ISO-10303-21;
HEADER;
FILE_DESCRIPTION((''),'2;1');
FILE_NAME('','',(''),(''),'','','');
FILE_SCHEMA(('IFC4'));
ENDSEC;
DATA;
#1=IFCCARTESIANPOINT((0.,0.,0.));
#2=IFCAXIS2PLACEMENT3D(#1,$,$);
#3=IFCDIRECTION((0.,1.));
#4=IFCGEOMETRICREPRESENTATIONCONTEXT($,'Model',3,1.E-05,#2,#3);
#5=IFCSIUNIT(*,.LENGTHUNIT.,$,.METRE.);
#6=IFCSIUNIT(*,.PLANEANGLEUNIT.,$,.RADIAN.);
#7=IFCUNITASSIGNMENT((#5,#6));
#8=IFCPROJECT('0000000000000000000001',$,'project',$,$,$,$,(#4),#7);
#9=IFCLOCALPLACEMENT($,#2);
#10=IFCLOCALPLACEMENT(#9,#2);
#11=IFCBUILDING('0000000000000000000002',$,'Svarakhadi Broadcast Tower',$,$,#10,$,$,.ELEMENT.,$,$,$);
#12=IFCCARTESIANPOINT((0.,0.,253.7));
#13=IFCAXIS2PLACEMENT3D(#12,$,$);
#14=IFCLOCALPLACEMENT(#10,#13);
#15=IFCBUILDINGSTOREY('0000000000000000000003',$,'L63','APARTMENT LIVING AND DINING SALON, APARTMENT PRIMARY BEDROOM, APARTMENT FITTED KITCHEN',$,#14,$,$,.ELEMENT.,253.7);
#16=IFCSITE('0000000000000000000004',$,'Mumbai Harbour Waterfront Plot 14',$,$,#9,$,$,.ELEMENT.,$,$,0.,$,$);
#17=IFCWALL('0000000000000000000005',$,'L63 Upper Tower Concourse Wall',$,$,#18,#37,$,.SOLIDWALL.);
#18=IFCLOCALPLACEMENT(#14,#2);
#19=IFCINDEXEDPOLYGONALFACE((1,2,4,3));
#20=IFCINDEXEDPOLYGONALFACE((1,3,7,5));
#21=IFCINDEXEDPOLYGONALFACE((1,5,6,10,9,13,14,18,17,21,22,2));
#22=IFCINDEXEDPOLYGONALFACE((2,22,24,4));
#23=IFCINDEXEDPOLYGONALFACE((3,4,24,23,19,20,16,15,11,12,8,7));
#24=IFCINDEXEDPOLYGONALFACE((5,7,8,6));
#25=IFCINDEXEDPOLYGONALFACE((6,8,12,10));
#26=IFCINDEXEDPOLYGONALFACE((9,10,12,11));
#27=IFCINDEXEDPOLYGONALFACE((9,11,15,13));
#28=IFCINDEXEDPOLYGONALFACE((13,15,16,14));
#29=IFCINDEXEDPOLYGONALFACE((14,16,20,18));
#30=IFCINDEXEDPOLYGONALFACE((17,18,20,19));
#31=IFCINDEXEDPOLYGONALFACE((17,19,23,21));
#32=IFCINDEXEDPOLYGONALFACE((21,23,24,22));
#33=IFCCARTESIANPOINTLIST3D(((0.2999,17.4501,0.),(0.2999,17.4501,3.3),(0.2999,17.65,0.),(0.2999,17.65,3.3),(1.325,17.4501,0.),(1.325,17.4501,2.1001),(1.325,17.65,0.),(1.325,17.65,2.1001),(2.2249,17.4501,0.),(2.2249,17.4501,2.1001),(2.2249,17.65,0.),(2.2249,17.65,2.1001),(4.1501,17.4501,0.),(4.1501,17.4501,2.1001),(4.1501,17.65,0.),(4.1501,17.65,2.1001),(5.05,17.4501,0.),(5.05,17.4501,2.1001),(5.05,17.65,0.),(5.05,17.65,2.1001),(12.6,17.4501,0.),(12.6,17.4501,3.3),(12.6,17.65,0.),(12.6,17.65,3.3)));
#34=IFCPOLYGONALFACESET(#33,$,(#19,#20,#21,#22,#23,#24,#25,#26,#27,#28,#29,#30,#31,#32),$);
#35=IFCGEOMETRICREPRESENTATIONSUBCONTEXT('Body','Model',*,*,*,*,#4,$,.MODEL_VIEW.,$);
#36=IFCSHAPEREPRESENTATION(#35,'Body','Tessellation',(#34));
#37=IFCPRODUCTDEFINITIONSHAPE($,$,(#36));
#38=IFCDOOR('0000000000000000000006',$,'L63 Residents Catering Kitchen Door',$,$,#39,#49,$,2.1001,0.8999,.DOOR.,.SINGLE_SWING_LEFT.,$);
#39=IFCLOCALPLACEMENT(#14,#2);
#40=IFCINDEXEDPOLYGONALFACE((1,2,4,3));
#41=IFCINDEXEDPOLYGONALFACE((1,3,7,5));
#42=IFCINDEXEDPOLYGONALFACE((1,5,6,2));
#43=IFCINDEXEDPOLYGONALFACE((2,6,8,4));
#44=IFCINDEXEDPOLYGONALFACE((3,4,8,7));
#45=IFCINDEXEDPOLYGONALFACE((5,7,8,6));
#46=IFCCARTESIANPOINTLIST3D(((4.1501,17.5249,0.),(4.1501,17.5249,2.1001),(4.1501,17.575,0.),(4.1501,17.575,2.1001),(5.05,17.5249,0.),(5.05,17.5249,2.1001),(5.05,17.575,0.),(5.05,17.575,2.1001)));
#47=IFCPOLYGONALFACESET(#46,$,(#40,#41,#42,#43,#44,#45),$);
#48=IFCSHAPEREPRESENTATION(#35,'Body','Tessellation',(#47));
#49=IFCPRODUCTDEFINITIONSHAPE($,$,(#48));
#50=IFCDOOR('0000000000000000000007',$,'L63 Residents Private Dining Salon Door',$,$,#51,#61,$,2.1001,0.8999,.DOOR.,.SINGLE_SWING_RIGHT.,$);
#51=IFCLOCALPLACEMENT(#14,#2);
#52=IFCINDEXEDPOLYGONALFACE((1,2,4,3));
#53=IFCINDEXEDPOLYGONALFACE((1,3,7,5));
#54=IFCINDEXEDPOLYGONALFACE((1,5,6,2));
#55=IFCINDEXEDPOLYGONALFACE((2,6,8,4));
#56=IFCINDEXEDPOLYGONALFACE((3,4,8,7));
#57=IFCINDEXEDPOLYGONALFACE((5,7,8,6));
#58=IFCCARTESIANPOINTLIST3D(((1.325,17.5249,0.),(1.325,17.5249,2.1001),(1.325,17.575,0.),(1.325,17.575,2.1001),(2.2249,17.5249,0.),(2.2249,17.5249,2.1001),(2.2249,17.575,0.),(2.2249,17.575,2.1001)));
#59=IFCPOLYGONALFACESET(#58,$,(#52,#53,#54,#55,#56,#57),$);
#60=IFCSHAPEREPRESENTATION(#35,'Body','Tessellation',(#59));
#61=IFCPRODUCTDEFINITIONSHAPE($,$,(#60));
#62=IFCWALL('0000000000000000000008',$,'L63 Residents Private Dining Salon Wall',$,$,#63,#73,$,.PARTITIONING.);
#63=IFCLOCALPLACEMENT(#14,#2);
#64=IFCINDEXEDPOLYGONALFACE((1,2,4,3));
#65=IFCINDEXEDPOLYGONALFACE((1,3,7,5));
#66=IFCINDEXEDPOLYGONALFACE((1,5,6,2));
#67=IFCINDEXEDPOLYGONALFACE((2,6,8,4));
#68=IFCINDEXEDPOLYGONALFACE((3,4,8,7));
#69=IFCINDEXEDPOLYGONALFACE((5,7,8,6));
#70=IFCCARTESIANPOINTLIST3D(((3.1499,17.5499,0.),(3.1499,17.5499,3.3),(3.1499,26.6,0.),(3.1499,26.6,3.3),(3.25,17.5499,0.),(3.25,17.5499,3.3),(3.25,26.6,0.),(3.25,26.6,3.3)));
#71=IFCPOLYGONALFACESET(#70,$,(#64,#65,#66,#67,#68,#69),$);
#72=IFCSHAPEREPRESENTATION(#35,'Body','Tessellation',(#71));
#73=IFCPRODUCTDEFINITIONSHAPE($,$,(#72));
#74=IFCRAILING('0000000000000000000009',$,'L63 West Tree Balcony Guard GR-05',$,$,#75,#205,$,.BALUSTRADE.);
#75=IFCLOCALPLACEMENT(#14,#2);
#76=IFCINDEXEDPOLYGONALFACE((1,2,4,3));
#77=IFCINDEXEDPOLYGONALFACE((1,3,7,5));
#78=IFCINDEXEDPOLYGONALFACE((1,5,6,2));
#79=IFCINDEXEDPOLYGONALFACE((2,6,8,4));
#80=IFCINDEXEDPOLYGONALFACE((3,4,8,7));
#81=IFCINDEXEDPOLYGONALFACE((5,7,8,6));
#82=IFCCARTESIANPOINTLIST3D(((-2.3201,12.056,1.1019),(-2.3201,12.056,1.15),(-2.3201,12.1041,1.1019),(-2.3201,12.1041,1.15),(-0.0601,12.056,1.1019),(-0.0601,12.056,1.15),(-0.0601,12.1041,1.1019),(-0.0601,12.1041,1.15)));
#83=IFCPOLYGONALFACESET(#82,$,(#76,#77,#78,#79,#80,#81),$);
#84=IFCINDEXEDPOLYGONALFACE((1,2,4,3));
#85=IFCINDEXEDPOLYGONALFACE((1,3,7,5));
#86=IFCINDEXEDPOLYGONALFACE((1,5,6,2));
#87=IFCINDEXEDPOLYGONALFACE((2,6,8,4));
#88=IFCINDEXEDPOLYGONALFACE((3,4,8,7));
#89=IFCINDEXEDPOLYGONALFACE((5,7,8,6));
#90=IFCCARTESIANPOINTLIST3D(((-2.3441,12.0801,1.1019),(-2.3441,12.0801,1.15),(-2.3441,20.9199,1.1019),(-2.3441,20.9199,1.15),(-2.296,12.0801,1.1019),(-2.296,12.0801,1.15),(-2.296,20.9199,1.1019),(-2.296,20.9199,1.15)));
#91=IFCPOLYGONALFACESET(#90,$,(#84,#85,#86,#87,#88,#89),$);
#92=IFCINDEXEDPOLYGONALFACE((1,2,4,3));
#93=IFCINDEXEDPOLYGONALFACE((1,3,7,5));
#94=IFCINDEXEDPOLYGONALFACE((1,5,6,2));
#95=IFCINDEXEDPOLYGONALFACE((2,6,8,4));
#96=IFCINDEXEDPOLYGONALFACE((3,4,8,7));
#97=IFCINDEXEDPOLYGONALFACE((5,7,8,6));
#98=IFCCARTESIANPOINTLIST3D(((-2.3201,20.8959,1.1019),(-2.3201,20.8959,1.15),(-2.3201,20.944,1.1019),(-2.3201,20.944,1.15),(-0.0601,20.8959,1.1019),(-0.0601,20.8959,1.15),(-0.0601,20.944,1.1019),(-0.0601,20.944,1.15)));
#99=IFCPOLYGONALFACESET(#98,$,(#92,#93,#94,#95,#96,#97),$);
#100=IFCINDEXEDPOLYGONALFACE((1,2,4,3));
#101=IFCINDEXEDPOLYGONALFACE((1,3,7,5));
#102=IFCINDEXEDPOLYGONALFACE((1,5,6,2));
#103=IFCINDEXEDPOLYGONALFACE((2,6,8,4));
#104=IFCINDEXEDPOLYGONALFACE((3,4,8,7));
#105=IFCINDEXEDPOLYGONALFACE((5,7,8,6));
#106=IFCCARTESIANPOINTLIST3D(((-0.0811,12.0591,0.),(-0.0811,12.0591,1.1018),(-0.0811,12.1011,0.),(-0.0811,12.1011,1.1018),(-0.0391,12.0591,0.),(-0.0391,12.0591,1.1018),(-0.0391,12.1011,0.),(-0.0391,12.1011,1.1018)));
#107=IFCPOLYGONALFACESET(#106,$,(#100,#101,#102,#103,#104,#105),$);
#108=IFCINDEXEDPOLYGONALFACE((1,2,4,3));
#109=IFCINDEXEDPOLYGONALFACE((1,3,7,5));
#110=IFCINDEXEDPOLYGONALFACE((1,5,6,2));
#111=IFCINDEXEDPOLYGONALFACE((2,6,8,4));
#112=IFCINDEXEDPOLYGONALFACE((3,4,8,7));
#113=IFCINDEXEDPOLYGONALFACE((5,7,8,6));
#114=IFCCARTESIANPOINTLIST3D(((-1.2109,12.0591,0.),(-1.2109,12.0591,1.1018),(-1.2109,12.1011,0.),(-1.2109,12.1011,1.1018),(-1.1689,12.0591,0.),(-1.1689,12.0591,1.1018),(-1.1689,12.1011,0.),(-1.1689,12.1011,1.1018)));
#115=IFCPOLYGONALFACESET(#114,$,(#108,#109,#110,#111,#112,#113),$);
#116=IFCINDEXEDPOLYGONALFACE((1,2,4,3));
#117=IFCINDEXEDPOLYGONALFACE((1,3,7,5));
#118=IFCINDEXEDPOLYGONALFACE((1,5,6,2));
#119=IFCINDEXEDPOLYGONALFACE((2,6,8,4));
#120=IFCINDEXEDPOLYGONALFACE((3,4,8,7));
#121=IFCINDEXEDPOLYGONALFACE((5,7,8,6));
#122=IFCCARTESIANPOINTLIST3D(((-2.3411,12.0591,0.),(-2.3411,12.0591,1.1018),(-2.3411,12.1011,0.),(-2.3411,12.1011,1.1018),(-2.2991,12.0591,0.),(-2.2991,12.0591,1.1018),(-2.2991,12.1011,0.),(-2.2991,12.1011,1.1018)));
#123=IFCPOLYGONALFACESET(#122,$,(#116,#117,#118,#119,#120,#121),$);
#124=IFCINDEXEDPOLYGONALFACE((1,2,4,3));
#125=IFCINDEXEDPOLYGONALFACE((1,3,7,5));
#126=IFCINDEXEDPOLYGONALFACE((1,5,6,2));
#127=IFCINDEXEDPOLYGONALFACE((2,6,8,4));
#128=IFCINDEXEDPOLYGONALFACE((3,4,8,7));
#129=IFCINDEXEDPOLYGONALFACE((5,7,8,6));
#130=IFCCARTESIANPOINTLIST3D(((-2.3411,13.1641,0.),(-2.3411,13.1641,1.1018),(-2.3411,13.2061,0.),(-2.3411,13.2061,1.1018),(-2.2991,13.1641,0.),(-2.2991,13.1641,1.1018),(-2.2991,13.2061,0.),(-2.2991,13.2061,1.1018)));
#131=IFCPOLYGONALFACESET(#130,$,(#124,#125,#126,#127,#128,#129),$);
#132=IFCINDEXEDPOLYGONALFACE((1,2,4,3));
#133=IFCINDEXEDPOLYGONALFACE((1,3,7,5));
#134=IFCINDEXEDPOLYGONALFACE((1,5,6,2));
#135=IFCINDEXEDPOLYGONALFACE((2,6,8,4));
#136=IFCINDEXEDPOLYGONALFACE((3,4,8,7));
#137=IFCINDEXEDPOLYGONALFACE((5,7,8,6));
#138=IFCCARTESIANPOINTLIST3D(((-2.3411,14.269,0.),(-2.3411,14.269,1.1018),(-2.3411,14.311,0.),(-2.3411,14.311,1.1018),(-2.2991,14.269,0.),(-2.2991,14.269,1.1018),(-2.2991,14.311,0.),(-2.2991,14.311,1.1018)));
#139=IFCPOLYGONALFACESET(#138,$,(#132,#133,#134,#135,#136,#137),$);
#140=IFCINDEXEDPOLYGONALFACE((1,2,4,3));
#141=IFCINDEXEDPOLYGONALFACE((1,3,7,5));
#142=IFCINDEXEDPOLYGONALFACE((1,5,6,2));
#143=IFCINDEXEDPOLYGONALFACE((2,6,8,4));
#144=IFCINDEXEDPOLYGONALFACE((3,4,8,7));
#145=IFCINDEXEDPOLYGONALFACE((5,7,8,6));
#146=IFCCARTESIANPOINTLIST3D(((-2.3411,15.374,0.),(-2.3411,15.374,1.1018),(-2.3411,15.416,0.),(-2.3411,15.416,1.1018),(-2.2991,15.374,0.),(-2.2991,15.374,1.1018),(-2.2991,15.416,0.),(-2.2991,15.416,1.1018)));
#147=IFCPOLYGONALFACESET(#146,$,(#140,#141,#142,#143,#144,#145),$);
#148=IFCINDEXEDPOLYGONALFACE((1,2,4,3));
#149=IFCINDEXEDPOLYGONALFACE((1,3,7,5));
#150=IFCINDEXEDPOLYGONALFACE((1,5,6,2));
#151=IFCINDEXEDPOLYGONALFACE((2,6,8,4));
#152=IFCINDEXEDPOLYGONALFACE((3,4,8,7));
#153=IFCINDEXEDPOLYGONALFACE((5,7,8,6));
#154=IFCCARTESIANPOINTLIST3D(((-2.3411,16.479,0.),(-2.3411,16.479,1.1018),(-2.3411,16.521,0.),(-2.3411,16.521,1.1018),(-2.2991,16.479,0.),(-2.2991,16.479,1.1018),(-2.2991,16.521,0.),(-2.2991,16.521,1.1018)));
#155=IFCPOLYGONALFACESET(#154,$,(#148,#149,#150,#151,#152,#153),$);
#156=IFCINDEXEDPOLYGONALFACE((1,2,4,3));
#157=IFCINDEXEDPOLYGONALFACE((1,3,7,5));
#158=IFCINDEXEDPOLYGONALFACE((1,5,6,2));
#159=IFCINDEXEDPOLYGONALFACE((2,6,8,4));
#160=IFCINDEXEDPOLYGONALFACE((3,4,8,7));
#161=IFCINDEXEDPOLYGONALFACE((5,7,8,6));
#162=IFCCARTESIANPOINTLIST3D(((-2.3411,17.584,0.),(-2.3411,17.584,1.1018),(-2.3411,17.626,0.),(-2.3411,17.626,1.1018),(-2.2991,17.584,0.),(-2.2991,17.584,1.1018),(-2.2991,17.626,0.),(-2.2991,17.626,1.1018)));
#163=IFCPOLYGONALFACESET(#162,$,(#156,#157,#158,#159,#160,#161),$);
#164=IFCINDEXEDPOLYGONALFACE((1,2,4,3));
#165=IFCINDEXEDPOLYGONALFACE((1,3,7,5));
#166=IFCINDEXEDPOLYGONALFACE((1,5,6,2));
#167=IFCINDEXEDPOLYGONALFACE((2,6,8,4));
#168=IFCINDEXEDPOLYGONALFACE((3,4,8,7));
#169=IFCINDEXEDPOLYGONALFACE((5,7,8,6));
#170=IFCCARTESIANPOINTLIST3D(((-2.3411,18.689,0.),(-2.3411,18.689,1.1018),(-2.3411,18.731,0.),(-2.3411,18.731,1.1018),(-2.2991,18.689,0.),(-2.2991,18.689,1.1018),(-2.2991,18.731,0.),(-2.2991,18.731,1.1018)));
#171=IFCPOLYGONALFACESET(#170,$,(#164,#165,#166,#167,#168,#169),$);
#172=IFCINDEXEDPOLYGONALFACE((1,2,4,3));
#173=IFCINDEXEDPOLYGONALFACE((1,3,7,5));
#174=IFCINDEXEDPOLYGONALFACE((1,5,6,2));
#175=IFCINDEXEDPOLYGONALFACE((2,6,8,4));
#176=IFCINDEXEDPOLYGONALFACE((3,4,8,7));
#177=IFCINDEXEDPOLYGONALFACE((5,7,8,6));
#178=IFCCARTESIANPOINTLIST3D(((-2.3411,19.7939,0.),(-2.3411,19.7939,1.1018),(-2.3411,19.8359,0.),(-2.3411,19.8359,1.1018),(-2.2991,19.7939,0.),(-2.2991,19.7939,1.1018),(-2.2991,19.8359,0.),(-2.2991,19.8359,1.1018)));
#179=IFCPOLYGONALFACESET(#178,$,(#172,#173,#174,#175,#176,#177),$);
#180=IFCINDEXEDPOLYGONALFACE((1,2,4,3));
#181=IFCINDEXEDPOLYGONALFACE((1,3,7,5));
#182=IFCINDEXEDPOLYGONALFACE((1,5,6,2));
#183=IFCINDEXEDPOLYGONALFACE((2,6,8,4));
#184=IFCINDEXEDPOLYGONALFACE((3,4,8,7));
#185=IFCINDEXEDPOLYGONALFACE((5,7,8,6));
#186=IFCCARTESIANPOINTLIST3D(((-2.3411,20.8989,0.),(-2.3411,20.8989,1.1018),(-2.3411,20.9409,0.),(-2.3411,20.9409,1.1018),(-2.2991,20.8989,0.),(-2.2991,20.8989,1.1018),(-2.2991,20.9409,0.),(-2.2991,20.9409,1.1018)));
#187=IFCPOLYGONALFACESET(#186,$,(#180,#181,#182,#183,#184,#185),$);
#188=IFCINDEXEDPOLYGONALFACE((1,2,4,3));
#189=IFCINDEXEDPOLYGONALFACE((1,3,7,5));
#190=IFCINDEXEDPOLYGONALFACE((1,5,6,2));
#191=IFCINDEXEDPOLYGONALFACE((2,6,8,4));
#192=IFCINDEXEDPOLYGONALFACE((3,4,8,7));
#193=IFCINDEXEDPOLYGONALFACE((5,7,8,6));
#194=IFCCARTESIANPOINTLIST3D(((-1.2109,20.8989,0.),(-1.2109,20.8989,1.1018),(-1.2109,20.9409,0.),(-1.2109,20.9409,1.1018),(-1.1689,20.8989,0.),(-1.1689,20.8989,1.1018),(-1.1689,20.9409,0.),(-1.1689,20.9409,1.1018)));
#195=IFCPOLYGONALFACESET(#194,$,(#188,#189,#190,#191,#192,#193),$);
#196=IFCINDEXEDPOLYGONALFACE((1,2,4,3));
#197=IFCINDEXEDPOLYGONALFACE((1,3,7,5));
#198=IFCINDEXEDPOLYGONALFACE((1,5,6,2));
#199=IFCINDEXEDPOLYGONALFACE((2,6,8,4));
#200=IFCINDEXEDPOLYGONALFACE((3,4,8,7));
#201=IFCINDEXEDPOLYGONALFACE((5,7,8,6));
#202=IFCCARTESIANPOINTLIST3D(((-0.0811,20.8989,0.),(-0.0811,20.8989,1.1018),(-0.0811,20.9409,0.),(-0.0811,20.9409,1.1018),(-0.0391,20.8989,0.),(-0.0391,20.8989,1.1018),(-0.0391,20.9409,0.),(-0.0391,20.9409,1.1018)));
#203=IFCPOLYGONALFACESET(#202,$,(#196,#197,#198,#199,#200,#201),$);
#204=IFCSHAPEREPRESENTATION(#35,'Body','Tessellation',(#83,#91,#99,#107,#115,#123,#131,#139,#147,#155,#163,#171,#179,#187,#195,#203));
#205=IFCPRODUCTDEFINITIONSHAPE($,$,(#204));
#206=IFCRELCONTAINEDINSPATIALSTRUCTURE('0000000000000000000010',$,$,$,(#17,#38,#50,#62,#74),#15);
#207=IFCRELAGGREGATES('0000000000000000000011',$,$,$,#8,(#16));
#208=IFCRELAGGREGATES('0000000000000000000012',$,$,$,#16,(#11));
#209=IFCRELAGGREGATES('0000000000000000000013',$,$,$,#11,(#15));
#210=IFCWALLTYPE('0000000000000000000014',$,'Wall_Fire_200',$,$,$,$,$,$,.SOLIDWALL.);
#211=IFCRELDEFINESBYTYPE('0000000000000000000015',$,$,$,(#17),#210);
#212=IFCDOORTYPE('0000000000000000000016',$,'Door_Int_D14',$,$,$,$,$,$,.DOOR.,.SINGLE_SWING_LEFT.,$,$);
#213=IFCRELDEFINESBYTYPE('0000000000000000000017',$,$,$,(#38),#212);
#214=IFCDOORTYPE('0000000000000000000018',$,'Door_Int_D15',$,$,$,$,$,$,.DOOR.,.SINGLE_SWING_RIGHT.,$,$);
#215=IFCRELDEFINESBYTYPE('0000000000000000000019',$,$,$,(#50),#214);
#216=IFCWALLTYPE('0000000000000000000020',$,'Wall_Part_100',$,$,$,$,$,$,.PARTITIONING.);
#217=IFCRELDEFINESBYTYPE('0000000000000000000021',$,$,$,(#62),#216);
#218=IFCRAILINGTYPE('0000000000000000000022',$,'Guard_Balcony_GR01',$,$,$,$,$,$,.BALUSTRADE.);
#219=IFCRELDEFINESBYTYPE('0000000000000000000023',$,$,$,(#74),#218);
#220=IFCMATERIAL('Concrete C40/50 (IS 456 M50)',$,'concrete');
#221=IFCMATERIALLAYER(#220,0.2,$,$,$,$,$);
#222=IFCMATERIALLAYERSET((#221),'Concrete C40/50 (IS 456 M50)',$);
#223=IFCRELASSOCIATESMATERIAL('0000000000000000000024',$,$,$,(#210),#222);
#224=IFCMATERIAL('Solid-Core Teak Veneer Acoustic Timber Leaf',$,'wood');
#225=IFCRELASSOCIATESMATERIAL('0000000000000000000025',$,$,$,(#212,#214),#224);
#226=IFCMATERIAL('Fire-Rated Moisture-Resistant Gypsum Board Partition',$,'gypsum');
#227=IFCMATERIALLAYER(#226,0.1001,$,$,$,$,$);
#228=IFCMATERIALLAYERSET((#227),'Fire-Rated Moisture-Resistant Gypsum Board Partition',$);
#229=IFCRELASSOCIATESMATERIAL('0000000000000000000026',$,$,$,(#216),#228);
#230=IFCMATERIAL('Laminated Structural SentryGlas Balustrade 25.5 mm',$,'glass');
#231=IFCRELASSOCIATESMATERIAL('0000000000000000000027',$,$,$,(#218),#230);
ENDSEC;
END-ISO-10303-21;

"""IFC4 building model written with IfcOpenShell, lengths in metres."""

from ifc_helpers import new_model, si_unit, direction, frame, frame_2d, origin, origin_2d, place, context, subcontext, project, spatial, rectangle, extrude, material, layer, layer_set, type_object, element, fill, save


model = new_model("IFC4")

# Units and contexts
model_context = context("Model", 3, precision=1e-05, world=origin(), true_north=direction((0.0, 1.0)))
body_context = subcontext(model_context, "Body", "Model", "MODEL_VIEW")
ifc_project = project(units=[si_unit("LENGTHUNIT", "METRE"), si_unit("PLANEANGLEUNIT", "RADIAN")], contexts=[model_context])

# Site, building, storey
site_placement = place(None, origin())
site = spatial("IfcSite", under=ifc_project, at=site_placement, Name="Mumbai Harbour Waterfront Plot 14", CompositionType="ELEMENT", RefElevation=0.0)
building_placement = place(site_placement, origin())
building = spatial("IfcBuilding", under=site, at=building_placement, Name="Svarakhadi Broadcast Tower", CompositionType="ELEMENT")
storey_placement = place(building_placement, frame((0.0, 0.0, 253.7)))
storey = spatial("IfcBuildingStorey", under=building, at=storey_placement, Name="L63", Description="APARTMENT LIVING AND DINING SALON, APARTMENT PRIMARY BEDROOM, APARTMENT FITTED KITCHEN", CompositionType="ELEMENT", Elevation=253.7)

# Wall, openings, doors
ifc_material_1 = material(Name="Concrete C40/50 (IS 456 M50)", Category="concrete")
ifc_layer_1 = layer(ifc_material_1, 0.2)
ifc_layer_set_1 = layer_set([ifc_layer_1], Name="Concrete C40/50 (IS 456 M50)")
wall_type_1 = type_object("IfcWallType", Name="Wall_Fire_200", PredefinedType="SOLIDWALL", material=ifc_layer_set_1)
wall_1_placement = place(storey_placement, frame((0.3, 17.55, 0.0), z_axis=(0.0, 0.0, 1.0), x_axis=(1.0, 0.0, 0.0)))
wall_1 = element("IfcWall", 1, at=wall_1_placement, inside=storey, type_object=wall_type_1, Name="L63 Upper Tower Concourse Wall", PredefinedType="SOLIDWALL", context=body_context, shape_type="SweptSolid", body=[
    extrude(rectangle(XDim=12.3, YDim=0.2, at=frame_2d((6.1499, 0.0))), origin(), (0.0, 0.0, 1.0), 3.3),
])
opening_1_placement = place(wall_1_placement, frame((1.0249, 0.0, 0.0)))
opening_1 = element("IfcOpeningElement", 2, at=opening_1_placement, cuts=wall_1, PredefinedType="OPENING", context=body_context, shape_type="SweptSolid", body=[
    extrude(rectangle(XDim=0.8999, YDim=2.1001, at=frame_2d((0.45, 1.05))), frame((0.0, 0.1099, 0.0), z_axis=(0.0, -1.0, 0.0), x_axis=(1.0, 0.0, 0.0)), (0.0, 0.0, 1.0), 0.22),
])
opening_2_placement = place(wall_1_placement, frame((3.8501, 0.0, 0.0)))
opening_2 = element("IfcOpeningElement", 3, at=opening_2_placement, cuts=wall_1, PredefinedType="OPENING", context=body_context, shape_type="SweptSolid", body=[
    extrude(rectangle(XDim=0.8999, YDim=2.1001, at=frame_2d((0.45, 1.05))), frame((0.0, 0.1099, 0.0), z_axis=(0.0, -1.0, 0.0), x_axis=(1.0, 0.0, 0.0)), (0.0, 0.0, 1.0), 0.22),
])
ifc_material_2 = material(Name="Solid-Core Teak Veneer Acoustic Timber Leaf", Category="wood")
door_type_1 = type_object("IfcDoorType", Name="Door_Int_D14", OperationType="SINGLE_SWING_LEFT", PredefinedType="DOOR", material=ifc_material_2)
door_1_placement = place(opening_2_placement, origin())
door_1 = element("IfcDoor", 4, at=door_1_placement, inside=storey, type_object=door_type_1, Name="L63 Residents Catering Kitchen Door", OperationType="SINGLE_SWING_LEFT", OverallHeight=2.1001, OverallWidth=0.8999, PredefinedType="DOOR", context=body_context, shape_type="SweptSolid", body=[
    extrude(rectangle(XDim=0.8999, YDim=2.1001, at=frame_2d((0.45, 1.05))), frame((0.0, 0.0249, 0.0), z_axis=(0.0, -1.0, 0.0), x_axis=(1.0, 0.0, 0.0)), (0.0, 0.0, 1.0), 0.05),
])
fill(opening_2, door_1)
door_type_2 = type_object("IfcDoorType", Name="Door_Int_D15", OperationType="SINGLE_SWING_RIGHT", PredefinedType="DOOR", material=ifc_material_2)
door_2_placement = place(opening_1_placement, origin())
door_2 = element("IfcDoor", 5, at=door_2_placement, inside=storey, type_object=door_type_2, Name="L63 Residents Private Dining Salon Door", OperationType="SINGLE_SWING_RIGHT", OverallHeight=2.1001, OverallWidth=0.8999, PredefinedType="DOOR", context=body_context, shape_type="SweptSolid", body=[
    extrude(rectangle(XDim=0.8999, YDim=2.1001, at=frame_2d((0.45, 1.05))), frame((0.0, 0.0249, 0.0), z_axis=(0.0, -1.0, 0.0), x_axis=(1.0, 0.0, 0.0)), (0.0, 0.0, 1.0), 0.05),
])
fill(opening_1, door_2)

# Wall
ifc_material_3 = material(Name="Fire-Rated Moisture-Resistant Gypsum Board Partition", Category="gypsum")
ifc_layer_2 = layer(ifc_material_3, 0.1001)
ifc_layer_set_2 = layer_set([ifc_layer_2], Name="Fire-Rated Moisture-Resistant Gypsum Board Partition")
wall_type_2 = type_object("IfcWallType", Name="Wall_Part_100", PredefinedType="PARTITIONING", material=ifc_layer_set_2)
wall_2_placement = place(storey_placement, frame((3.2, 17.55, 0.0), z_axis=(0.0, 0.0, 1.0), x_axis=(0.0, 1.0, 0.0)))
element("IfcWall", 6, at=wall_2_placement, inside=storey, type_object=wall_type_2, Name="L63 Residents Private Dining Salon Wall", PredefinedType="PARTITIONING", context=body_context, shape_type="SweptSolid", body=[
    extrude(rectangle(XDim=9.05, YDim=0.1001, at=frame_2d((4.5249, 0.0))), origin(), (0.0, 0.0, 1.0), 3.3),
])

# Railing
ifc_material_4 = material(Name="Laminated Structural SentryGlas Balustrade 25.5 mm", Category="glass")
railing_type = type_object("IfcRailingType", Name="Guard_Balcony_GR01", PredefinedType="BALUSTRADE", material=ifc_material_4)
railing_placement = place(storey_placement, frame((-0.0601, 12.0801, 0.0)))
element("IfcRailing", 7, at=railing_placement, inside=storey, type_object=railing_type, Name="L63 West Tree Balcony Guard GR-05", PredefinedType="BALUSTRADE", context=body_context, shape_type="SweptSolid", body=[
    extrude(rectangle(XDim=0.0481, YDim=0.0481, at=origin_2d()), frame((0.0, 0.0, 1.126), z_axis=(-1.0, 0.0, 0.0), x_axis=(0.0, -1.0, 0.0)), (0.0, 0.0, 1.0), 2.26),
    extrude(rectangle(XDim=0.0481, YDim=0.0481, at=origin_2d()), frame((-2.26, 0.0, 1.126), z_axis=(0.0, 1.0, 0.0), x_axis=(-1.0, 0.0, 0.0)), (0.0, 0.0, 1.0), 8.8398),
    extrude(rectangle(XDim=0.0481, YDim=0.0481, at=origin_2d()), frame((-2.26, 8.8398, 1.126), z_axis=(1.0, 0.0, 0.0), x_axis=(0.0, 1.0, 0.0)), (0.0, 0.0, 1.0), 2.26),
    extrude(rectangle(XDim=0.042, YDim=0.042, at=origin_2d()), origin(), (0.0, 0.0, 1.0), 1.1018),
    extrude(rectangle(XDim=0.042, YDim=0.042, at=origin_2d()), frame((-1.1299, 0.0, 0.0)), (0.0, 0.0, 1.0), 1.1018),
    extrude(rectangle(XDim=0.042, YDim=0.042, at=origin_2d()), frame((-2.26, 0.0, 0.0)), (0.0, 0.0, 1.0), 1.1018),
    extrude(rectangle(XDim=0.042, YDim=0.042, at=origin_2d()), frame((-2.26, 1.105, 0.0)), (0.0, 0.0, 1.0), 1.1018),
    extrude(rectangle(XDim=0.042, YDim=0.042, at=origin_2d()), frame((-2.26, 2.21, 0.0)), (0.0, 0.0, 1.0), 1.1018),
    extrude(rectangle(XDim=0.042, YDim=0.042, at=origin_2d()), frame((-2.26, 3.3149, 0.0)), (0.0, 0.0, 1.0), 1.1018),
    extrude(rectangle(XDim=0.042, YDim=0.042, at=origin_2d()), frame((-2.26, 4.4199, 0.0)), (0.0, 0.0, 1.0), 1.1018),
    extrude(rectangle(XDim=0.042, YDim=0.042, at=origin_2d()), frame((-2.26, 5.5249, 0.0)), (0.0, 0.0, 1.0), 1.1018),
    extrude(rectangle(XDim=0.042, YDim=0.042, at=origin_2d()), frame((-2.26, 6.6299, 0.0)), (0.0, 0.0, 1.0), 1.1018),
    extrude(rectangle(XDim=0.042, YDim=0.042, at=origin_2d()), frame((-2.26, 7.7349, 0.0)), (0.0, 0.0, 1.0), 1.1018),
    extrude(rectangle(XDim=0.042, YDim=0.042, at=origin_2d()), frame((-2.26, 8.8398, 0.0)), (0.0, 0.0, 1.0), 1.1018),
    extrude(rectangle(XDim=0.042, YDim=0.042, at=origin_2d()), frame((-1.1299, 8.8398, 0.0)), (0.0, 0.0, 1.0), 1.1018),
    extrude(rectangle(XDim=0.042, YDim=0.042, at=origin_2d()), frame((0.0, 8.8398, 0.0)), (0.0, 0.0, 1.0), 1.1018),
])

save(model, "model.ifc")
